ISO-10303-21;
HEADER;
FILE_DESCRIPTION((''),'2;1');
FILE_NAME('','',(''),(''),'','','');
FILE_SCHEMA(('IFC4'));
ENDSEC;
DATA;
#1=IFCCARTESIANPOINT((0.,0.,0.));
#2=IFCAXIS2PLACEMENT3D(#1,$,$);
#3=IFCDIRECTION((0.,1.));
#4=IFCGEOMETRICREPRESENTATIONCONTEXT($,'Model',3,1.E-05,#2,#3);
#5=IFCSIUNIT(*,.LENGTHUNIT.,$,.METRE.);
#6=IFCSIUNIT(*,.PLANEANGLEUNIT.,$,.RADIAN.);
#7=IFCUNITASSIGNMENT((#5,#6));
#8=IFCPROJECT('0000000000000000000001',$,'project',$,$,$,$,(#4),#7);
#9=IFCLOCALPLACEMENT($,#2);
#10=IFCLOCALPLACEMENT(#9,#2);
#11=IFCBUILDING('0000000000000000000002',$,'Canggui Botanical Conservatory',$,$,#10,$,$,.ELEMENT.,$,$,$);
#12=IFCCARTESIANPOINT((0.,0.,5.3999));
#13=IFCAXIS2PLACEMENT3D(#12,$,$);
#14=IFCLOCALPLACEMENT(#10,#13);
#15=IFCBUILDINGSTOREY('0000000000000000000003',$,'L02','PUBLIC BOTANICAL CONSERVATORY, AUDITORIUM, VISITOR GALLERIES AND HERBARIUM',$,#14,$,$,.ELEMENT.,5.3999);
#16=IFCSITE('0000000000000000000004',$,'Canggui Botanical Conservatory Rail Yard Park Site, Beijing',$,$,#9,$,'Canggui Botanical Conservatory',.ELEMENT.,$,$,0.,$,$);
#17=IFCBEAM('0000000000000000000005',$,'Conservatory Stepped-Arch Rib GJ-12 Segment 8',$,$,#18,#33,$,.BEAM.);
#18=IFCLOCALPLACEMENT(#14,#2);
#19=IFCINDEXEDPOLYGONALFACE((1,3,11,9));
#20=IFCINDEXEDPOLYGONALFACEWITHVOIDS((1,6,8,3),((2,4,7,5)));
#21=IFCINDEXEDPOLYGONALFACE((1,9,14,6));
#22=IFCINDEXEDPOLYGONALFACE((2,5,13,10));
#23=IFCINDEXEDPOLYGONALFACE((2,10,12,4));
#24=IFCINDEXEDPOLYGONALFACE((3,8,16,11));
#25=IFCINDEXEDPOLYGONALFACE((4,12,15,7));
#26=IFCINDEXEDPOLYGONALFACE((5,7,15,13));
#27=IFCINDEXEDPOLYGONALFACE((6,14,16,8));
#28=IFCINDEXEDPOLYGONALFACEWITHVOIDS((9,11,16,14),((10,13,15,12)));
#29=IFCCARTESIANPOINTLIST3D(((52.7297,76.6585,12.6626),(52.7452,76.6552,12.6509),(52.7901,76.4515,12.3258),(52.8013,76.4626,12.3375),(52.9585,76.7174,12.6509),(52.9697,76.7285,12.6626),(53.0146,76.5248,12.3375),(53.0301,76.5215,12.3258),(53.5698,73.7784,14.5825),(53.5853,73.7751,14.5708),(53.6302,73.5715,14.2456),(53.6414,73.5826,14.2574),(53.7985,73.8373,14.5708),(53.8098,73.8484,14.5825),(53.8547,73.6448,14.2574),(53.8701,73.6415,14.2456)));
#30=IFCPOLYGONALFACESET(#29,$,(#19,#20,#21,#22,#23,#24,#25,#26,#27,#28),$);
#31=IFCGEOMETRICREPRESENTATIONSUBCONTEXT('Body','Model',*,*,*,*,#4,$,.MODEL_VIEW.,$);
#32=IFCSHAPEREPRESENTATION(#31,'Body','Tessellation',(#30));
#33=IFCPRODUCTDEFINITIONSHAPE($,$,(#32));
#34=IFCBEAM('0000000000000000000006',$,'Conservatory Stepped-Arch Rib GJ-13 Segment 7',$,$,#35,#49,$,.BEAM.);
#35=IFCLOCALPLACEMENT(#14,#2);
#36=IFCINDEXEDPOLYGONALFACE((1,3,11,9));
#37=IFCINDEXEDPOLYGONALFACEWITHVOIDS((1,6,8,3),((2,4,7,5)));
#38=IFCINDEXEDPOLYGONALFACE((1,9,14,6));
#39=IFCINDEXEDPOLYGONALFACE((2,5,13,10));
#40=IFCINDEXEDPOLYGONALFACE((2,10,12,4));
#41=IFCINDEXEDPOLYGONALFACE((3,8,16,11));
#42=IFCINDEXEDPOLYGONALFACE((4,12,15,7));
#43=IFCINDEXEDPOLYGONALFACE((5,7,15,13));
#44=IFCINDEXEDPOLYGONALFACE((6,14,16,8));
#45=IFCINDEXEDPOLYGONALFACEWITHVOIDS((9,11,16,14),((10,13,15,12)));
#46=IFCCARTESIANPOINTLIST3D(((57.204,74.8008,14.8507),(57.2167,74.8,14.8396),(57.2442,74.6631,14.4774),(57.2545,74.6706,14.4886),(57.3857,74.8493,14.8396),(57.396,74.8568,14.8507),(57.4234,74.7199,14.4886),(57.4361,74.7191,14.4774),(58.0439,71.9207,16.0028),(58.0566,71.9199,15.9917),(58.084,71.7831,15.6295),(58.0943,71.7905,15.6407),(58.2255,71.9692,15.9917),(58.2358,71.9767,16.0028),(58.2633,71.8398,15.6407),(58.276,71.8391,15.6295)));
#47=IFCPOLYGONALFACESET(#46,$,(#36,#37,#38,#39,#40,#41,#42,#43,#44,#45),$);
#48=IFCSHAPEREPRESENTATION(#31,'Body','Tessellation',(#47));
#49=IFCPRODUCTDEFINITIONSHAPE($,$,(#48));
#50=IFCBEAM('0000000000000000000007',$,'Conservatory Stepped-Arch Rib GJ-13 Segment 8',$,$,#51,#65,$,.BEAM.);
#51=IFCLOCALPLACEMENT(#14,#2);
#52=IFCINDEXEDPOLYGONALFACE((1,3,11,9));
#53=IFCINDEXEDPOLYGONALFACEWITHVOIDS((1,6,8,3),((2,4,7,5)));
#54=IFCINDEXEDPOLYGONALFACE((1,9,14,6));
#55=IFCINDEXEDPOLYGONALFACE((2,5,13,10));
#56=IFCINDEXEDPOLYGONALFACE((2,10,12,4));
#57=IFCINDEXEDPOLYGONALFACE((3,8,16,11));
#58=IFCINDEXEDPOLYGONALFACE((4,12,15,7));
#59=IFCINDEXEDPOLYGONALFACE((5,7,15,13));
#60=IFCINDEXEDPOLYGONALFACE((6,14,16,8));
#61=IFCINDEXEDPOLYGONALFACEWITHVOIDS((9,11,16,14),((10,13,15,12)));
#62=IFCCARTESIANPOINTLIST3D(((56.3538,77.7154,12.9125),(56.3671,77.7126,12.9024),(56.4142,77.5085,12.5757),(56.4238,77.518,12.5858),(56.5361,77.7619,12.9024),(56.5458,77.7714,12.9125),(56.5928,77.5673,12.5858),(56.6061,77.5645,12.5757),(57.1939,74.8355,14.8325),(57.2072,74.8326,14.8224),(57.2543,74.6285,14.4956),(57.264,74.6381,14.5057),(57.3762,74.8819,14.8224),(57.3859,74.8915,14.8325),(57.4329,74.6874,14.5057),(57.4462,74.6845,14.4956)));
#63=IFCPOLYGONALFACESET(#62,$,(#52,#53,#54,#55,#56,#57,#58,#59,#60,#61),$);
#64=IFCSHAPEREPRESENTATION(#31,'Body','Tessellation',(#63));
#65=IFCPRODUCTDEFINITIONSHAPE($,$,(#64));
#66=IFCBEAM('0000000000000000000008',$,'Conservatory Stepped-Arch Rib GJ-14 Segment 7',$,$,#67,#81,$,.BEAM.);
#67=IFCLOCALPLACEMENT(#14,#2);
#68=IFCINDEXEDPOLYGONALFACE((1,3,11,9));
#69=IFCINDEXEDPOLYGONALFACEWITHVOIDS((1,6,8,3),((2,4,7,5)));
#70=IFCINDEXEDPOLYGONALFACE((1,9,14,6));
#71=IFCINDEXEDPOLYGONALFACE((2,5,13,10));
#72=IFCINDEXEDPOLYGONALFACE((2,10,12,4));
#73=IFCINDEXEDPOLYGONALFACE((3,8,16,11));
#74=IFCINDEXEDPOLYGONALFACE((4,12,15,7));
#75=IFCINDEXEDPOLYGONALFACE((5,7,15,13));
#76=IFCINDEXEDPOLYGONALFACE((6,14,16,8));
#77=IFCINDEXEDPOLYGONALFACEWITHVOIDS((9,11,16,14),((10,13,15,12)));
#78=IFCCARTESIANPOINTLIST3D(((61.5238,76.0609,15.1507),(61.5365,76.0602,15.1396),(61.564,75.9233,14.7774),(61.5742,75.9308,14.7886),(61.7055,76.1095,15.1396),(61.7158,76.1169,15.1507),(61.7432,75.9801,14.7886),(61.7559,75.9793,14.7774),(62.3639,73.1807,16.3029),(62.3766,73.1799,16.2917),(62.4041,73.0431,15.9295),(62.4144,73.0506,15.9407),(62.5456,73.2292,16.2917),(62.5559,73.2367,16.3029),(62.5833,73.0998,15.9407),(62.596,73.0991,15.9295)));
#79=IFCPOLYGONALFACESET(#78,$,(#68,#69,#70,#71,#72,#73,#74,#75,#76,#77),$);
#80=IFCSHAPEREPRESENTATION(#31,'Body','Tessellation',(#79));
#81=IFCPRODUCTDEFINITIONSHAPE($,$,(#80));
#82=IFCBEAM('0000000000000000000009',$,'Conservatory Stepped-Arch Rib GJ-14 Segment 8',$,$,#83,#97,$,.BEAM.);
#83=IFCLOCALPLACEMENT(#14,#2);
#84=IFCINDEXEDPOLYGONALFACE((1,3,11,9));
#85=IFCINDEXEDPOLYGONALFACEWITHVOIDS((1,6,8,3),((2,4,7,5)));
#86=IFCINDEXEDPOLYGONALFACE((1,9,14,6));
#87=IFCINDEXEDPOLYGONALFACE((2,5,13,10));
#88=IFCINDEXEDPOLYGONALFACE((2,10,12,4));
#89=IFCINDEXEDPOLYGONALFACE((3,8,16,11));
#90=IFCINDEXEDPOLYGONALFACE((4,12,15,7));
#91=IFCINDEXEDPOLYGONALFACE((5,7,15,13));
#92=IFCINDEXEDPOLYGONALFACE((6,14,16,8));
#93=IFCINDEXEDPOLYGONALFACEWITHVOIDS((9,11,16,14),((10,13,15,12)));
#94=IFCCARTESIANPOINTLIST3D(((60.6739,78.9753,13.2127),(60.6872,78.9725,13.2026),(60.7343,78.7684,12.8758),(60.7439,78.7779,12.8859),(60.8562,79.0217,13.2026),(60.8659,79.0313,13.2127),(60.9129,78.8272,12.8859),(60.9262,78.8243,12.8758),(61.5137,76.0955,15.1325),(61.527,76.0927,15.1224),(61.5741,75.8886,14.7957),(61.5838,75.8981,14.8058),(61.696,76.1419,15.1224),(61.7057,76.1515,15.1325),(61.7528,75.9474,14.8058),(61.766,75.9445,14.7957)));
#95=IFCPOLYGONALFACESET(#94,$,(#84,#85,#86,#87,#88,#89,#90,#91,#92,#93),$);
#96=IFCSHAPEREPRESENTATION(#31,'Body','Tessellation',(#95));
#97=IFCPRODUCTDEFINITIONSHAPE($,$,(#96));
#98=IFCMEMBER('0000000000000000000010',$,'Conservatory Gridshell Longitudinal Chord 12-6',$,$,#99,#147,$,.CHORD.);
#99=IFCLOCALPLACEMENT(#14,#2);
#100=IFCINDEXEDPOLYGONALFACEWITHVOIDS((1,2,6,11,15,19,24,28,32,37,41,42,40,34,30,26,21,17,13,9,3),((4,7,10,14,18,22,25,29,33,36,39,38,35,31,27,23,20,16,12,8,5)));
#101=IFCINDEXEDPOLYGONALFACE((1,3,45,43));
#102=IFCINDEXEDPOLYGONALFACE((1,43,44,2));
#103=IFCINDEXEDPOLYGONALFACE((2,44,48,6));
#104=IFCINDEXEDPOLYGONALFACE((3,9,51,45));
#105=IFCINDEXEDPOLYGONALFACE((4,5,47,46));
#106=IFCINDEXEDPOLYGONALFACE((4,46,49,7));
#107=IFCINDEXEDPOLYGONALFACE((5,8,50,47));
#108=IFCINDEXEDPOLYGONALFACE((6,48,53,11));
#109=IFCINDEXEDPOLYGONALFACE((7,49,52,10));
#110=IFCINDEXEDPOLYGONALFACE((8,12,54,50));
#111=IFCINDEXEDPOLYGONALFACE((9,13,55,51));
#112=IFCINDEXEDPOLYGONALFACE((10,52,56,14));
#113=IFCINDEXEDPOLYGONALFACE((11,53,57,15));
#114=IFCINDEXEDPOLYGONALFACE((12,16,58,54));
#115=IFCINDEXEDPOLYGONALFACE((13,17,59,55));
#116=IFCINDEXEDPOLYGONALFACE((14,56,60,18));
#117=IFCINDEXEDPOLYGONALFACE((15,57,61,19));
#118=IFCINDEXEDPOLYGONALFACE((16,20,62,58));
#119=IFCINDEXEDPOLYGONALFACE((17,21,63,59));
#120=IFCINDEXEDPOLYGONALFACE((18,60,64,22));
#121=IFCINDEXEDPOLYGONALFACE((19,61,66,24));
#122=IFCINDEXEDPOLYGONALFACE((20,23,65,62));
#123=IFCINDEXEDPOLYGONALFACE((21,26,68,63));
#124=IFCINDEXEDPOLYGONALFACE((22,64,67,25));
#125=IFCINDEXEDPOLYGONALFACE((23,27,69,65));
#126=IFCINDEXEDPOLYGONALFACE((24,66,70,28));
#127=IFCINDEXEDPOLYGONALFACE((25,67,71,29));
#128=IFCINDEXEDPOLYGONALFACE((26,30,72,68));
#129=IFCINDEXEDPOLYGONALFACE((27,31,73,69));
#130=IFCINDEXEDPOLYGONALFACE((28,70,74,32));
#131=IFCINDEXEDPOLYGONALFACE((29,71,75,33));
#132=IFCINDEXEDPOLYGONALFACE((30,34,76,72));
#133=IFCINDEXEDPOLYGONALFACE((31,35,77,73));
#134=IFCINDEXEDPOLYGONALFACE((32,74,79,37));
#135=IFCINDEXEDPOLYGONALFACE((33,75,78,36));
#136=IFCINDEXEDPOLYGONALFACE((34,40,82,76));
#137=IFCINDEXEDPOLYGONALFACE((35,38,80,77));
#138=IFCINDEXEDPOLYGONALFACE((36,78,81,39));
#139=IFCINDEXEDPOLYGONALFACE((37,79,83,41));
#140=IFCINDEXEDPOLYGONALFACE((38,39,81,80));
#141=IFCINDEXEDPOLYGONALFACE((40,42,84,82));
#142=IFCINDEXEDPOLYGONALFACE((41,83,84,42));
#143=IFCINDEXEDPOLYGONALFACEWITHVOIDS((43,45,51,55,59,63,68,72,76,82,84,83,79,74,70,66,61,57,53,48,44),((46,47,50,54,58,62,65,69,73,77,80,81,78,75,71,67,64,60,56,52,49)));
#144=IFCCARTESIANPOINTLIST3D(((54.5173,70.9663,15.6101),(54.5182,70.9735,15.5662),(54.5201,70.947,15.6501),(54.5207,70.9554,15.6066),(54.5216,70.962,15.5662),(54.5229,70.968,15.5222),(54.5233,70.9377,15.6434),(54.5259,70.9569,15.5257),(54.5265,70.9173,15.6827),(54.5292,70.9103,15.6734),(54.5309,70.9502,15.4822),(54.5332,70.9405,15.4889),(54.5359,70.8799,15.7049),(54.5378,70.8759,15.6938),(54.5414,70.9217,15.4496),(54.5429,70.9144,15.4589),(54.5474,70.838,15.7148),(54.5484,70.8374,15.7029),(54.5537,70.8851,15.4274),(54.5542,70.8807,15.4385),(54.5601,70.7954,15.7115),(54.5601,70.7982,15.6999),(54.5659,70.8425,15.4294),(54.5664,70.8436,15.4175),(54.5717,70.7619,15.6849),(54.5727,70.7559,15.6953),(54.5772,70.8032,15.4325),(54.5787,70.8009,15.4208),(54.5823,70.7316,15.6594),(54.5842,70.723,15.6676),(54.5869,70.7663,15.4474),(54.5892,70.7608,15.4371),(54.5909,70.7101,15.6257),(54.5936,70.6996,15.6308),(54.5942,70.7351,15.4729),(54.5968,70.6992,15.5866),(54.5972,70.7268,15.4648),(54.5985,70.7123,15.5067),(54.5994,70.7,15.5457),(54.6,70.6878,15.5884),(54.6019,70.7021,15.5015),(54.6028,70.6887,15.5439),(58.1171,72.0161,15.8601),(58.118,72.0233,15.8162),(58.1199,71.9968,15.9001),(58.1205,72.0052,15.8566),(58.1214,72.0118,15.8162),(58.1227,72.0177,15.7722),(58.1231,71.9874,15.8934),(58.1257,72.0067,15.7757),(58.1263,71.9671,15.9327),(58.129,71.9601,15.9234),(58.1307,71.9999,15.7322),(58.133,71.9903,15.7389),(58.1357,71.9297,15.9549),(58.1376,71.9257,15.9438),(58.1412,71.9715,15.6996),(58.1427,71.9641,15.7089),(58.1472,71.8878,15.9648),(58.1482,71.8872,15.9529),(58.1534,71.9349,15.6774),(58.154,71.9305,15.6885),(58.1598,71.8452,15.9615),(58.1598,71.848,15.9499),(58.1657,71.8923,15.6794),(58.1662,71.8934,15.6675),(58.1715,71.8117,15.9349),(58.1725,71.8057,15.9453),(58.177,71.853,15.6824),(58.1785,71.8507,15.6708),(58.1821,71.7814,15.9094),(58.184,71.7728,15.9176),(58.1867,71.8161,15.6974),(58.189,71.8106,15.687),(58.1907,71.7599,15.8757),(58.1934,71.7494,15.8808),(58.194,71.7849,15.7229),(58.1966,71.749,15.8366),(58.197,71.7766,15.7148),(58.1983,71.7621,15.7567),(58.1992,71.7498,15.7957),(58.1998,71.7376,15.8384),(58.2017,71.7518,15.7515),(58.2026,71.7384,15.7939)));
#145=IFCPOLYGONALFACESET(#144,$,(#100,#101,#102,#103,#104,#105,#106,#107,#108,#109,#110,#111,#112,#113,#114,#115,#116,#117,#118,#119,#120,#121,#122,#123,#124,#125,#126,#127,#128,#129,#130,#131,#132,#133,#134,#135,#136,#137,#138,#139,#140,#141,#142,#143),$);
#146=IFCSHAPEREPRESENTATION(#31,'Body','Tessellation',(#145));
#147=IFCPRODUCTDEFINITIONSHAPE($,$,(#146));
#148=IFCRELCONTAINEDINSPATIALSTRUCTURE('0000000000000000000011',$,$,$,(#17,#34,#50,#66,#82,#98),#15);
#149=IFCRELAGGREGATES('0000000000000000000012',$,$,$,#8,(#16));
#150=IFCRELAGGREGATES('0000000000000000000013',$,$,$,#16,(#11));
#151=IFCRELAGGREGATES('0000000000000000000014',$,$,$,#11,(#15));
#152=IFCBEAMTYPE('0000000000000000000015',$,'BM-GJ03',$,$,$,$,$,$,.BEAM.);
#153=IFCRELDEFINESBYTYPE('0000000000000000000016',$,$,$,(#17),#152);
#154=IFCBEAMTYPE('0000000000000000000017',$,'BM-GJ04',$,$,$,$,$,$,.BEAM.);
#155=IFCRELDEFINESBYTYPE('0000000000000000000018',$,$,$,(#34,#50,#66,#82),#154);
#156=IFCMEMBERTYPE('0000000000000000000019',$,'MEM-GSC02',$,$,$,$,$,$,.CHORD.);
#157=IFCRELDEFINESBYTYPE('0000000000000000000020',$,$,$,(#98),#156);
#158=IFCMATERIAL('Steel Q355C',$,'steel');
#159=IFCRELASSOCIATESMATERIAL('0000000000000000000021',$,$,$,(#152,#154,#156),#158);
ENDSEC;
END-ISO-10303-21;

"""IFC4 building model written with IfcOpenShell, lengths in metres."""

from ifc_helpers import new_model, si_unit, direction, frame, origin, origin_2d, place, context, subcontext, project, spatial, hollow_rectangle, hollow_circle, extrude, material, material_profile, profile_set, type_object, element, save


model = new_model("IFC4")

# Units and contexts
model_context = context("Model", 3, precision=1e-05, world=origin(), true_north=direction((0.0, 1.0)))
body_context = subcontext(model_context, "Body", "Model", "MODEL_VIEW")
ifc_project = project(units=[si_unit("LENGTHUNIT", "METRE"), si_unit("PLANEANGLEUNIT", "RADIAN")], contexts=[model_context])

# Site, building, storey
site_placement = place(None, origin())
site = spatial("IfcSite", under=ifc_project, at=site_placement, Name="Canggui Botanical Conservatory Rail Yard Park Site, Beijing", LongName="Canggui Botanical Conservatory", CompositionType="ELEMENT", RefElevation=0.0)
building_placement = place(site_placement, origin())
building = spatial("IfcBuilding", under=site, at=building_placement, Name="Canggui Botanical Conservatory", CompositionType="ELEMENT")
storey_placement = place(building_placement, frame((0.0, 0.0, 5.3999)))
storey = spatial("IfcBuildingStorey", under=building, at=storey_placement, Name="L02", Description="PUBLIC BOTANICAL CONSERVATORY, AUDITORIUM, VISITOR GALLERIES AND HERBARIUM", CompositionType="ELEMENT", Elevation=5.3999)

# Beams
ifc_material_1 = material(Name="Steel Q355C", Category="steel")
ifc_material_profile_1 = material_profile(ifc_material_1, hollow_rectangle(XDim=0.25, YDim=0.3999, WallThickness=0.0139, at=origin_2d()), Name="RHS 250x400x14")
ifc_profile_set_1 = profile_set([ifc_material_profile_1], Name="Steel Q355C")
beam_type_1 = type_object("IfcBeamType", Name="BM-GJ03", PredefinedType="BEAM", material=ifc_profile_set_1)
beam_1_placement = place(storey_placement, frame((53.72, 73.71, 14.4141), z_axis=(-0.235855, 0.808598, -0.539019), x_axis=(-0.959995, -0.280016, 0.0)))
element("IfcBeam", 1, at=beam_1_placement, inside=storey, type_object=beam_type_1, Name="Conservatory Stepped-Arch Rib GJ-12 Segment 8", PredefinedType="BEAM", context=body_context, shape_type="SweptSolid", body=[
    extrude(hollow_rectangle(XDim=0.25, YDim=0.3999, WallThickness=0.0139, at=origin_2d()), origin(), (0.0, 0.0, 1.0), 3.5618),
])
ifc_material_profile_2 = material_profile(ifc_material_1, hollow_rectangle(XDim=0.2, YDim=0.3999, WallThickness=0.012, at=origin_2d()), Name="RHS 200x400x12")
ifc_profile_set_2 = profile_set([ifc_material_profile_2], Name="Steel Q355C")
beam_type_2 = type_object("IfcBeamType", Name="BM-GJ04", PredefinedType="BEAM", material=ifc_profile_set_2)
beam_2_placement = place(storey_placement, frame((58.1599, 71.8799, 15.8162), z_axis=(-0.261333, 0.896206, -0.358497), x_axis=(-0.960017, -0.279941, 0.0)))
element("IfcBeam", 2, at=beam_2_placement, inside=storey, type_object=beam_type_2, Name="Conservatory Stepped-Arch Rib GJ-13 Segment 7", PredefinedType="BEAM", context=body_context, shape_type="SweptSolid", body=[
    extrude(hollow_rectangle(XDim=0.2, YDim=0.3999, WallThickness=0.012, at=origin_2d()), origin(), (0.0, 0.0, 1.0), 3.2136),
])
beam_3_placement = place(storey_placement, frame((57.3201, 74.76, 14.6641), z_axis=(-0.235868, 0.808574, -0.539049), x_axis=(-0.959989, -0.280038, 0.0)))
element("IfcBeam", 3, at=beam_3_placement, inside=storey, type_object=beam_type_2, Name="Conservatory Stepped-Arch Rib GJ-13 Segment 8", PredefinedType="BEAM", context=body_context, shape_type="SweptSolid", body=[
    extrude(hollow_rectangle(XDim=0.2, YDim=0.3999, WallThickness=0.012, at=origin_2d()), origin(), (0.0, 0.0, 1.0), 3.5618),
])
beam_4_placement = place(storey_placement, frame((62.48, 73.1399, 16.1162), z_axis=(-0.261404, 0.896188, -0.35849), x_axis=(-0.959995, -0.280016, 0.0)))
element("IfcBeam", 4, at=beam_4_placement, inside=storey, type_object=beam_type_2, Name="Conservatory Stepped-Arch Rib GJ-14 Segment 7", PredefinedType="BEAM", context=body_context, shape_type="SweptSolid", body=[
    extrude(hollow_rectangle(XDim=0.2, YDim=0.3999, WallThickness=0.012, at=origin_2d()), origin(), (0.0, 0.0, 1.0), 3.2139),
])
beam_5_placement = place(storey_placement, frame((61.6399, 76.02, 14.9641), z_axis=(-0.235804, 0.808587, -0.539058), x_axis=(-0.960011, -0.279962, 0.0)))
element("IfcBeam", 5, at=beam_5_placement, inside=storey, type_object=beam_type_2, Name="Conservatory Stepped-Arch Rib GJ-14 Segment 8", PredefinedType="BEAM", context=body_context, shape_type="SweptSolid", body=[
    extrude(hollow_rectangle(XDim=0.2, YDim=0.3999, WallThickness=0.012, at=origin_2d()), origin(), (0.0, 0.0, 1.0), 3.5615),
])

# Member
ifc_material_profile_3 = material_profile(ifc_material_1, hollow_circle(Radius=0.1494, WallThickness=0.012, at=origin_2d()), Name="CHS 299x12")
ifc_profile_set_3 = profile_set([ifc_material_profile_3], Name="Steel Q355C")
member_type_1 = type_object("IfcMemberType", Name="MEM-GSC02", PredefinedType="CHORD", material=ifc_profile_set_3)
member_1_placement = place(storey_placement, frame((54.5601, 70.8301, 15.5662), z_axis=(0.957884, 0.279342, 0.066522), x_axis=(-0.279962, 0.960011, 0.0)))
element("IfcMember", 6, at=member_1_placement, inside=storey, type_object=member_type_1, Name="Conservatory Gridshell Longitudinal Chord 12-6", PredefinedType="CHORD", context=body_context, shape_type="SweptSolid", body=[
    extrude(hollow_circle(Radius=0.1494, WallThickness=0.012, at=origin_2d()), origin(), (0.0, 0.0, 1.0), 3.7581),
])

save(model, "model.ifc")
